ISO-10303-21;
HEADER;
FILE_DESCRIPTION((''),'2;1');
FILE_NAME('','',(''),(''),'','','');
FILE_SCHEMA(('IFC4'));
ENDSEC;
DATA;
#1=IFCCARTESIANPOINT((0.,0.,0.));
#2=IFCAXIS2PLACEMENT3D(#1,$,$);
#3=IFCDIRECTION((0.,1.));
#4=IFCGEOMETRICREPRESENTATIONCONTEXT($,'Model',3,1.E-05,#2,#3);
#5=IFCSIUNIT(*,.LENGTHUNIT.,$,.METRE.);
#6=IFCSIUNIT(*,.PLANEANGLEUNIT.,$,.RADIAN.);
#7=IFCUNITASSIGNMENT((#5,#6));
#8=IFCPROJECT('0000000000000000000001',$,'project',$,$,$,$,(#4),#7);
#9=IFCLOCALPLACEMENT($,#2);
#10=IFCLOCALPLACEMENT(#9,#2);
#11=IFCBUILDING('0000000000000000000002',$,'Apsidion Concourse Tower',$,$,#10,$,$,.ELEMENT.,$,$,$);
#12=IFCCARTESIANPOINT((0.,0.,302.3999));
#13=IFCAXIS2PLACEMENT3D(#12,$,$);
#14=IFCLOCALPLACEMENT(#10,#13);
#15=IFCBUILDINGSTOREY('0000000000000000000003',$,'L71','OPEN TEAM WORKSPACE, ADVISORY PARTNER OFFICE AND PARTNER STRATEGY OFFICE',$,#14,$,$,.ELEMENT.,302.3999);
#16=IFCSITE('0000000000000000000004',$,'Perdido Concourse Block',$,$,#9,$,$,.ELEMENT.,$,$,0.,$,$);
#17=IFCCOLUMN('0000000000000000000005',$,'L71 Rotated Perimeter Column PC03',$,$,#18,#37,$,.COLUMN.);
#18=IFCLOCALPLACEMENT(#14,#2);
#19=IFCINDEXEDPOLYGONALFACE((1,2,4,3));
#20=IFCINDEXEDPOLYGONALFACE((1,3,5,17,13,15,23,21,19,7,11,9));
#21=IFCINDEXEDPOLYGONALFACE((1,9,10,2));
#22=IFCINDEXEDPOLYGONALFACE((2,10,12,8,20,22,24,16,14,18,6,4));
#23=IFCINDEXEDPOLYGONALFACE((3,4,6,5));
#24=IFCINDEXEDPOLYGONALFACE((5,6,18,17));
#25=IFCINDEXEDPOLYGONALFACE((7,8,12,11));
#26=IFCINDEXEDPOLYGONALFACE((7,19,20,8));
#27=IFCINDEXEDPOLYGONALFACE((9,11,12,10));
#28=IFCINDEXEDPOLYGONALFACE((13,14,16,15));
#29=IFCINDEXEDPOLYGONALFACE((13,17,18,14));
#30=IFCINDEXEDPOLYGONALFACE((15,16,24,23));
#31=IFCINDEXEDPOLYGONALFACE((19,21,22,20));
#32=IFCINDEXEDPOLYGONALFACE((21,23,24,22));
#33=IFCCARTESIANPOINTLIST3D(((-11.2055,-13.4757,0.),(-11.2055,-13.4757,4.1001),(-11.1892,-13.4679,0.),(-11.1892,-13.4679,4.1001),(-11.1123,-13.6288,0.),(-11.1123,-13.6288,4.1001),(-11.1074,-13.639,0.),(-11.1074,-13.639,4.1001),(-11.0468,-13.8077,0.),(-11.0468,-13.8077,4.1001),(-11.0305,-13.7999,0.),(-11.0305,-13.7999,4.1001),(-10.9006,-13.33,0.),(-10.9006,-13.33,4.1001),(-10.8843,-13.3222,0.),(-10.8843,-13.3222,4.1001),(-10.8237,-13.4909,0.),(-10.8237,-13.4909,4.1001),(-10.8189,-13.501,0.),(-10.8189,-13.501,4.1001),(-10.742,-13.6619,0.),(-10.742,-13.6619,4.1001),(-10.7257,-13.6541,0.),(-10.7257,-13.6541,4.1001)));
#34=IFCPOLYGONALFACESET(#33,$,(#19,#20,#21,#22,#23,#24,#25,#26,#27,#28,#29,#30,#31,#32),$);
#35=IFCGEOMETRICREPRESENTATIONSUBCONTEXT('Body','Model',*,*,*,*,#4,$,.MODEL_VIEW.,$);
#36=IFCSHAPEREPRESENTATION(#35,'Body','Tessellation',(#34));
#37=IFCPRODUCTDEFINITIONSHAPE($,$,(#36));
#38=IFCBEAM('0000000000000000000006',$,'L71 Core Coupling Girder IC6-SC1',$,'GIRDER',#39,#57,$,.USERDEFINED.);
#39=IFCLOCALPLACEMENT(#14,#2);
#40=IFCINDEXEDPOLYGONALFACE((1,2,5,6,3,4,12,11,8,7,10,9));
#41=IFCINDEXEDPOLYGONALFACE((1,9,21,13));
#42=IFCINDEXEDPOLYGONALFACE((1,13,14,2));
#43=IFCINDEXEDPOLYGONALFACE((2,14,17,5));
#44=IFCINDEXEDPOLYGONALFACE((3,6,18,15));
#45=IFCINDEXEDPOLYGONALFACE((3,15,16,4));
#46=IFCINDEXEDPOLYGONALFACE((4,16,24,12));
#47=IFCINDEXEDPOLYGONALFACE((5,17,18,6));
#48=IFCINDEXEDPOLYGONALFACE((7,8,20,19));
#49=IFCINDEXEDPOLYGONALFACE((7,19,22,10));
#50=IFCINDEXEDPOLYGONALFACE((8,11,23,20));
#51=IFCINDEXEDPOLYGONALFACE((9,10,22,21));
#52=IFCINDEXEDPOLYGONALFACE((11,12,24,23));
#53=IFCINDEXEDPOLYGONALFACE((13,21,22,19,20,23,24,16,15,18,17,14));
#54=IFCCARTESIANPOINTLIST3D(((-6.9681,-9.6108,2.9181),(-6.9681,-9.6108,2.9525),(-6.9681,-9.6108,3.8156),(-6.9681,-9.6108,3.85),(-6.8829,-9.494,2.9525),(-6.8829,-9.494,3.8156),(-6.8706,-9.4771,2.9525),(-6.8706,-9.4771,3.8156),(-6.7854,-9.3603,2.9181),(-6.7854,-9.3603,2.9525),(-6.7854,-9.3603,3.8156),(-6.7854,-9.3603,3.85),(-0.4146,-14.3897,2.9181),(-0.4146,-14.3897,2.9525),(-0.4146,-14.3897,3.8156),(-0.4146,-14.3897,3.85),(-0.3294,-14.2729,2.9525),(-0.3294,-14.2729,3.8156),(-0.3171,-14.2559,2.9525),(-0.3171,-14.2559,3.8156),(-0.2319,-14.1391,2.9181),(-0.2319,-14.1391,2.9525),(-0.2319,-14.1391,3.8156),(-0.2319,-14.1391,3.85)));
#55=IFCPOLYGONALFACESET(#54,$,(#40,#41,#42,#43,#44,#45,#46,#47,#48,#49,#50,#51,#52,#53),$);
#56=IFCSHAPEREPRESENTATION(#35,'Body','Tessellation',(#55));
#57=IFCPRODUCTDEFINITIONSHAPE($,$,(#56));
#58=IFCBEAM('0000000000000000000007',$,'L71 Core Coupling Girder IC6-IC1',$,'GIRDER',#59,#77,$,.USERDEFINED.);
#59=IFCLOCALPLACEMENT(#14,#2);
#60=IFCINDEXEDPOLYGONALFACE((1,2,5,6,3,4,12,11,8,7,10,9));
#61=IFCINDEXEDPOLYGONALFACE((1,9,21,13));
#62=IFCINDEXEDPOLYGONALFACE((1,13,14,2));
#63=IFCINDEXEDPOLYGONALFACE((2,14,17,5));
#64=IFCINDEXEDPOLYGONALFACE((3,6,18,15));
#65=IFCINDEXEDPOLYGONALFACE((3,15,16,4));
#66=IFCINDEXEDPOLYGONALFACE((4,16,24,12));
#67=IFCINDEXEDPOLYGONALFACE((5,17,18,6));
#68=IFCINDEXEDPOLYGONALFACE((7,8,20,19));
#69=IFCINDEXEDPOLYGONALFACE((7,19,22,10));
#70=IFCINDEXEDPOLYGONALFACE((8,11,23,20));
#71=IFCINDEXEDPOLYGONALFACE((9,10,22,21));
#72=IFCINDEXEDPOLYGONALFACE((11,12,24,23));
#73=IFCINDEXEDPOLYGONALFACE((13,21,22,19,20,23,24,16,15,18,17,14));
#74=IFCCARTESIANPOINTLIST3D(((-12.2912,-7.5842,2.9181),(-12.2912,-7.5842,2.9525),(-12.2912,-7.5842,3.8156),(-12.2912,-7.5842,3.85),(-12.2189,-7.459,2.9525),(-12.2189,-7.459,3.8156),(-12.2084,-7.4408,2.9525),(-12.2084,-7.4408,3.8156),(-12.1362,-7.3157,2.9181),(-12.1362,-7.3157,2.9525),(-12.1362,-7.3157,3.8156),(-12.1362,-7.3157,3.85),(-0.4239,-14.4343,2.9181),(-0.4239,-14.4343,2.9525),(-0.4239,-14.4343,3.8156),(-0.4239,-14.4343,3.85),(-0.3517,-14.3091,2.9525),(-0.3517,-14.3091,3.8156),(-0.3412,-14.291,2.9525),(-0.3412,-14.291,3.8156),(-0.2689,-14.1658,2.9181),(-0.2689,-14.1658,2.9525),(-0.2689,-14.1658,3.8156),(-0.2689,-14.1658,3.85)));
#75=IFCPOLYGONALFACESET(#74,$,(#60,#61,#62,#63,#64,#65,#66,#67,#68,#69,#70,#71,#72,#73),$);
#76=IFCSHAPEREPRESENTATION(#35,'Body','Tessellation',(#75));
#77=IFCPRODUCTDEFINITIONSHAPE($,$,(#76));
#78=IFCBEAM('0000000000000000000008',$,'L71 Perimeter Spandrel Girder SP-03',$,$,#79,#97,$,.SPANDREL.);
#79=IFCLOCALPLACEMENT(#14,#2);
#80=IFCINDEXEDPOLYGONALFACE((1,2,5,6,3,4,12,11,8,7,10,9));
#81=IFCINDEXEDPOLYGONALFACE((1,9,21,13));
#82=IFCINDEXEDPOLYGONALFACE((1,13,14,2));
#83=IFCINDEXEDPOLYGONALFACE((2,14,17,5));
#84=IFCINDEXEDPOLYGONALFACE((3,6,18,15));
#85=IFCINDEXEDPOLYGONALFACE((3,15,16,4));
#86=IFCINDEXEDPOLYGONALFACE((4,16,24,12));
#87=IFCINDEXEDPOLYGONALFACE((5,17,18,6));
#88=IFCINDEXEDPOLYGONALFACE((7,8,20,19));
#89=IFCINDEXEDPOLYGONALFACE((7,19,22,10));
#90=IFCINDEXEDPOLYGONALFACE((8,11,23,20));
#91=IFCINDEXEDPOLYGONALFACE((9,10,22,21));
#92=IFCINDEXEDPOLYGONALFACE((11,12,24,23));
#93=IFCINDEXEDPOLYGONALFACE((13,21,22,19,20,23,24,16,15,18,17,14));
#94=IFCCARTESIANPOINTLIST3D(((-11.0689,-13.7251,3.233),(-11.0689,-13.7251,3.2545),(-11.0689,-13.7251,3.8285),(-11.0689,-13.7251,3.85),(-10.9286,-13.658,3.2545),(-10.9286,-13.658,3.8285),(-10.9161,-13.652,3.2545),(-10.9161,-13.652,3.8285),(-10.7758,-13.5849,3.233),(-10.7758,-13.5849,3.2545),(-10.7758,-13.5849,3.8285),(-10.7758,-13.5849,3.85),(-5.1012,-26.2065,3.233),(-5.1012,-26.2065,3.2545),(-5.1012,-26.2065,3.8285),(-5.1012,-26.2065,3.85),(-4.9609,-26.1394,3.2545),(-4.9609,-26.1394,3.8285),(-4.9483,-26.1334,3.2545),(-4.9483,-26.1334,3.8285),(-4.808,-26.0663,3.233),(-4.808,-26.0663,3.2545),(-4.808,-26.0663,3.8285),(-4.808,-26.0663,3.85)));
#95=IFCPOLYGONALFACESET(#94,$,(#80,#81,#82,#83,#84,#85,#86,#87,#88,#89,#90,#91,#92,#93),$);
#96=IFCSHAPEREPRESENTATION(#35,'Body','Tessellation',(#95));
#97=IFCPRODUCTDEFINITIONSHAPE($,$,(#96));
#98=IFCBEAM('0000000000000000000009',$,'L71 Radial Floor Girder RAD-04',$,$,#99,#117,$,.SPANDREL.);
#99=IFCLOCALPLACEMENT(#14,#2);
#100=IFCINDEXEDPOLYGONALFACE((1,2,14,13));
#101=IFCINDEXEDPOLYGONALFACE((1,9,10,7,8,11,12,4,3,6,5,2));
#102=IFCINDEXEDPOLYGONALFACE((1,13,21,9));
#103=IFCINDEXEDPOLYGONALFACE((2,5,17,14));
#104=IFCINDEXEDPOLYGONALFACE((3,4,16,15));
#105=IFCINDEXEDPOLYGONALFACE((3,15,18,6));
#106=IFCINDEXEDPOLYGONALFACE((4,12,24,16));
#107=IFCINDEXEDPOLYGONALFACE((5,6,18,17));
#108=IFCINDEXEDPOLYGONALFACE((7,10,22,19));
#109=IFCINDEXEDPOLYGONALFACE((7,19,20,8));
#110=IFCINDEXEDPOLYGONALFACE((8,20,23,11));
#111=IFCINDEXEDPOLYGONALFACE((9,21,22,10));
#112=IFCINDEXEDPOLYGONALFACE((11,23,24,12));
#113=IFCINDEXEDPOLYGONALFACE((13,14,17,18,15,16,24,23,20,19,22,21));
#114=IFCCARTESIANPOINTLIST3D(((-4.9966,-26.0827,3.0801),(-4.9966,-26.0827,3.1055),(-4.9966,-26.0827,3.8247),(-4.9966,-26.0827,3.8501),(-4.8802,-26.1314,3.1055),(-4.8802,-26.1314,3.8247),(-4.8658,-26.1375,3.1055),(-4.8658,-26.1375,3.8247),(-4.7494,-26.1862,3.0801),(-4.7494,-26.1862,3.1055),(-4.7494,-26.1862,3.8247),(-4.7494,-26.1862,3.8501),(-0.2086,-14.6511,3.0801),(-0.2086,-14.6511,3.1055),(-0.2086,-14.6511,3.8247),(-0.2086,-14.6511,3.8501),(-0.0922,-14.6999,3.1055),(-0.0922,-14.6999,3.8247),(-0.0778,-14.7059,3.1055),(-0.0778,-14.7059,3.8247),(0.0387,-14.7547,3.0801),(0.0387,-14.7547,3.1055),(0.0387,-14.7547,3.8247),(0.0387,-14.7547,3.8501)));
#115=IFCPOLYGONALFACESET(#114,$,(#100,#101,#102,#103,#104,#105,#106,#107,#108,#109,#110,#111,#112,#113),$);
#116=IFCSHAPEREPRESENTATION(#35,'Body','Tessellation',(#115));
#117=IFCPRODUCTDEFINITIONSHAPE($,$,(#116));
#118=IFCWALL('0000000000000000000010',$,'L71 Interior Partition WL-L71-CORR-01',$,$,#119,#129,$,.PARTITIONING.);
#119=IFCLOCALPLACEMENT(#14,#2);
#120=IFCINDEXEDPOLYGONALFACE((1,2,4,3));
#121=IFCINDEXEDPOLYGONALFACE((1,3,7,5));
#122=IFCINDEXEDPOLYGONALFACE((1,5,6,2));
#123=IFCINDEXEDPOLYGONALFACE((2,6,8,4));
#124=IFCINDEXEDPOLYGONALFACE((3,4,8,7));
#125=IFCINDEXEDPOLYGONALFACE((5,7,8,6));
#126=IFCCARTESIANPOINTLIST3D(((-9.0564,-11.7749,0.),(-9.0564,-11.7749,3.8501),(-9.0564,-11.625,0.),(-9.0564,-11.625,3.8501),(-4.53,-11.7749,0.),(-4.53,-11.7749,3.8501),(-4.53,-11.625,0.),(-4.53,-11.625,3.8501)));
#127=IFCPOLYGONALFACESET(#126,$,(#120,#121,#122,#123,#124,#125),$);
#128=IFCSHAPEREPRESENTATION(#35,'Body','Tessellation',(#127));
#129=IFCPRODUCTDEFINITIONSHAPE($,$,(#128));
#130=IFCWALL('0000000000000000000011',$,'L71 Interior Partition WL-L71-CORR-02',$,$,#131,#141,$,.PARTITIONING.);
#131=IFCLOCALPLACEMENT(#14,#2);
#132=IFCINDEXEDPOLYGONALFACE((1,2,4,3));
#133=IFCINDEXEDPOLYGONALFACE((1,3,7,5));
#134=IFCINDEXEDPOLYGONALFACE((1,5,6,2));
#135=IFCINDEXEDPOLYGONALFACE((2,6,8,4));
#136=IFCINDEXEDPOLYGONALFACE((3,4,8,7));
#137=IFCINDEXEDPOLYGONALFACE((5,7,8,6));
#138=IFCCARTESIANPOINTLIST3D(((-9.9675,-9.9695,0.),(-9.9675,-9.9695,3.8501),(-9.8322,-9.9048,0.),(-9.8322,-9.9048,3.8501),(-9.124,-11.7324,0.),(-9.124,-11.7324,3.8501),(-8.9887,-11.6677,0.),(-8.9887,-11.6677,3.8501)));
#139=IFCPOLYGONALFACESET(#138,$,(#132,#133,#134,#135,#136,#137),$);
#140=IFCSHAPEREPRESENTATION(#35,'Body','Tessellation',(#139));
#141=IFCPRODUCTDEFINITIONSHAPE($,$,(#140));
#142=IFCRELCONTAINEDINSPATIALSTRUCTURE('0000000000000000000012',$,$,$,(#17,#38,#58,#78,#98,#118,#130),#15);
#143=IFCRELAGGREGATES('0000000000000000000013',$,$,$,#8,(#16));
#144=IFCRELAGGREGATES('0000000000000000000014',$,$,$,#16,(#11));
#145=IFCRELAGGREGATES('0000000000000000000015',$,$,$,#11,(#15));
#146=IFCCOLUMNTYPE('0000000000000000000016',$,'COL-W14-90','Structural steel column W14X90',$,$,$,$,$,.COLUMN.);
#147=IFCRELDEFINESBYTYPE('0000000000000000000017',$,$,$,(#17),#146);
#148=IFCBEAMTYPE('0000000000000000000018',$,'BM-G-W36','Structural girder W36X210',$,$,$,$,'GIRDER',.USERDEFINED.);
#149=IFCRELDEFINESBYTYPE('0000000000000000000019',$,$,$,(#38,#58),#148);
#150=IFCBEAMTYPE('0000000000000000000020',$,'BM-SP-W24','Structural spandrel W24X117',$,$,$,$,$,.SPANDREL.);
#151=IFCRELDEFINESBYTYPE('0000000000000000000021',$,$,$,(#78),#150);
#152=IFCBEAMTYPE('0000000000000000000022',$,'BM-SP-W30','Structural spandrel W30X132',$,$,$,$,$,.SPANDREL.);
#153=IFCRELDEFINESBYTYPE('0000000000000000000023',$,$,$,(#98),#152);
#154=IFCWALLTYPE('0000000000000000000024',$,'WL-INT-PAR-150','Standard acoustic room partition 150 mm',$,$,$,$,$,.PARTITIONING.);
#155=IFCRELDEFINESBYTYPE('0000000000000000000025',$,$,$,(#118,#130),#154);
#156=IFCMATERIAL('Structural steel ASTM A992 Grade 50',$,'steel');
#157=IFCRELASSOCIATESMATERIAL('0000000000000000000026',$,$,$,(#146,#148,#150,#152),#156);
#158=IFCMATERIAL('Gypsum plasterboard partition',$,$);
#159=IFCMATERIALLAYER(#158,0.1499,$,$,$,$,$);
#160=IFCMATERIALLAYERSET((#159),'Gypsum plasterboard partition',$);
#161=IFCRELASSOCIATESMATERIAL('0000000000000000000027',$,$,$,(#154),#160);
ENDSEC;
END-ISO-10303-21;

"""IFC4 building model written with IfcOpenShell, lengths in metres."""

from ifc_helpers import new_model, si_unit, direction, frame, frame_2d, origin, origin_2d, place, context, subcontext, project, spatial, rectangle, i_section, extrude, material, layer, layer_set, material_profile, profile_set, type_object, element, save


model = new_model("IFC4")

# Units and contexts
model_context = context("Model", 3, precision=1e-05, world=origin(), true_north=direction((0.0, 1.0)))
body_context = subcontext(model_context, "Body", "Model", "MODEL_VIEW")
ifc_project = project(units=[si_unit("LENGTHUNIT", "METRE"), si_unit("PLANEANGLEUNIT", "RADIAN")], contexts=[model_context])

# Site, building, storey
site_placement = place(None, origin())
site = spatial("IfcSite", under=ifc_project, at=site_placement, Name="Perdido Concourse Block", CompositionType="ELEMENT", RefElevation=0.0)
building_placement = place(site_placement, origin())
building = spatial("IfcBuilding", under=site, at=building_placement, Name="Apsidion Concourse Tower", CompositionType="ELEMENT")
storey_placement = place(building_placement, frame((0.0, 0.0, 302.3999)))
storey = spatial("IfcBuildingStorey", under=building, at=storey_placement, Name="L71", Description="OPEN TEAM WORKSPACE, ADVISORY PARTNER OFFICE AND PARTNER STRATEGY OFFICE", CompositionType="ELEMENT", Elevation=302.3999)

# Column
ifc_material_1 = material(Name="Structural steel ASTM A992 Grade 50", Category="steel")
ifc_material_profile_1 = material_profile(ifc_material_1, i_section(OverallWidth=0.3679, OverallDepth=0.356, WebThickness=0.0112, FlangeThickness=0.0181, at=origin_2d()), Name="W14X90")
ifc_profile_set_1 = profile_set([ifc_material_profile_1], Name="Structural steel ASTM A992 Grade 50")
column_type = type_object("IfcColumnType", Name="COL-W14-90", Description="Structural steel column W14X90", PredefinedType="COLUMN", material=ifc_profile_set_1)
column_placement = place(storey_placement, frame((-10.9656, -13.5649, 0.0), z_axis=(0.0, 0.0, 1.0), x_axis=(-0.431299, 0.902209, 0.0)))
element("IfcColumn", 1, at=column_placement, inside=storey, type_object=column_type, Name="L71 Rotated Perimeter Column PC03", PredefinedType="COLUMN", context=body_context, shape_type="SweptSolid", body=[
    extrude(i_section(OverallWidth=0.3679, OverallDepth=0.356, WebThickness=0.0112, FlangeThickness=0.0181, at=origin_2d()), origin(), (0.0, 0.0, 1.0), 4.1001),
])

# Beams
ifc_material_profile_2 = material_profile(ifc_material_1, i_section(OverallWidth=0.3101, OverallDepth=0.9319, WebThickness=0.021, FlangeThickness=0.0344, at=origin_2d()), Name="W36X210")
ifc_profile_set_2 = profile_set([ifc_material_profile_2], Name="Structural steel ASTM A992 Grade 50")
beam_type_1 = type_object("IfcBeamType", Name="BM-G-W36", Description="Structural girder W36X210", ElementType="GIRDER", PredefinedType="USERDEFINED", material=ifc_profile_set_2)
beam_1_placement = place(storey_placement, frame((-0.3232, -14.2644, 3.384), z_axis=(-0.807993, 0.589191, 0.0), x_axis=(-0.589191, -0.807993, 0.0)))
element("IfcBeam", 2, at=beam_1_placement, inside=storey, type_object=beam_type_1, Name="L71 Core Coupling Girder IC6-SC1", ObjectType="GIRDER", PredefinedType="USERDEFINED", context=body_context, shape_type="SweptSolid", body=[
    extrude(i_section(OverallWidth=0.3101, OverallDepth=0.9319, WebThickness=0.021, FlangeThickness=0.0344, at=origin_2d()), origin(), (0.0, 0.0, 1.0), 8.1108),
])
beam_2_placement = place(storey_placement, frame((-0.3464, -14.3, 3.384), z_axis=(-0.86607, 0.499922, 0.0), x_axis=(-0.499922, -0.86607, 0.0)))
element("IfcBeam", 3, at=beam_2_placement, inside=storey, type_object=beam_type_1, Name="L71 Core Coupling Girder IC6-IC1", ObjectType="GIRDER", PredefinedType="USERDEFINED", context=body_context, shape_type="SweptSolid", body=[
    extrude(i_section(OverallWidth=0.3101, OverallDepth=0.9319, WebThickness=0.021, FlangeThickness=0.0344, at=origin_2d()), origin(), (0.0, 0.0, 1.0), 13.7024),
])
ifc_material_profile_3 = material_profile(ifc_material_1, i_section(OverallWidth=0.325, OverallDepth=0.6169, WebThickness=0.0139, FlangeThickness=0.0215, at=origin_2d()), Name="W24X117")
ifc_profile_set_3 = profile_set([ifc_material_profile_3], Name="Structural steel ASTM A992 Grade 50")
beam_type_2 = type_object("IfcBeamType", Name="BM-SP-W24", Description="Structural spandrel W24X117", PredefinedType="SPANDREL", material=ifc_profile_set_3)
beam_3_placement = place(storey_placement, frame((-10.9224, -13.655, 3.5415), z_axis=(0.431361, -0.90218, 0.0), x_axis=(0.90218, 0.431361, 0.0)))
element("IfcBeam", 4, at=beam_3_placement, inside=storey, type_object=beam_type_2, Name="L71 Perimeter Spandrel Girder SP-03", PredefinedType="SPANDREL", context=body_context, shape_type="SweptSolid", body=[
    extrude(i_section(OverallWidth=0.325, OverallDepth=0.6169, WebThickness=0.0139, FlangeThickness=0.0215, at=origin_2d()), origin(), (0.0, 0.0, 1.0), 13.8347),
])
ifc_material_profile_4 = material_profile(ifc_material_1, i_section(OverallWidth=0.2681, OverallDepth=0.77, WebThickness=0.0156, FlangeThickness=0.0254, at=origin_2d()), Name="W30X132")
ifc_profile_set_4 = profile_set([ifc_material_profile_4], Name="Structural steel ASTM A992 Grade 50")
beam_type_3 = type_object("IfcBeamType", Name="BM-SP-W30", Description="Structural spandrel W30X132", PredefinedType="SPANDREL", material=ifc_profile_set_4)
beam_4_placement = place(storey_placement, frame((-0.085, -14.7029, 3.4651), z_axis=(-0.386327, -0.922362, 0.0), x_axis=(0.922362, -0.386327, 0.0)))
element("IfcBeam", 5, at=beam_4_placement, inside=storey, type_object=beam_type_3, Name="L71 Radial Floor Girder RAD-04", PredefinedType="SPANDREL", context=body_context, shape_type="SweptSolid", body=[
    extrude(i_section(OverallWidth=0.2681, OverallDepth=0.77, WebThickness=0.0156, FlangeThickness=0.0254, at=origin_2d()), origin(), (0.0, 0.0, 1.0), 12.3938),
])

# Walls
ifc_material_2 = material(Name="Gypsum plasterboard partition")
ifc_layer_1 = layer(ifc_material_2, 0.1499)
ifc_layer_set_1 = layer_set([ifc_layer_1], Name="Gypsum plasterboard partition")
wall_type_1 = type_object("IfcWallType", Name="WL-INT-PAR-150", Description="Standard acoustic room partition 150 mm", PredefinedType="PARTITIONING", material=ifc_layer_set_1)
wall_1_placement = place(storey_placement, frame((-4.53, -11.7, 0.0), z_axis=(0.0, 0.0, 1.0), x_axis=(-1.0, 0.0, 0.0)))
element("IfcWall", 6, at=wall_1_placement, inside=storey, type_object=wall_type_1, Name="L71 Interior Partition WL-L71-CORR-01", PredefinedType="PARTITIONING", context=body_context, shape_type="SweptSolid", body=[
    extrude(rectangle(XDim=4.5264, YDim=0.1499, at=frame_2d((2.2632, 0.0))), origin(), (0.0, 0.0, 1.0), 3.8501),
])
wall_2_placement = place(storey_placement, frame((-9.0564, -11.7, 0.0), z_axis=(0.0, 0.0, 1.0), x_axis=(-0.431606, 0.902062, 0.0)))
element("IfcWall", 7, at=wall_2_placement, inside=storey, type_object=wall_type_1, Name="L71 Interior Partition WL-L71-CORR-02", PredefinedType="PARTITIONING", context=body_context, shape_type="SweptSolid", body=[
    extrude(rectangle(XDim=1.9543, YDim=0.1499, at=frame_2d((0.9771, 0.0))), origin(), (0.0, 0.0, 1.0), 3.8501),
])

save(model, "model.ifc")
